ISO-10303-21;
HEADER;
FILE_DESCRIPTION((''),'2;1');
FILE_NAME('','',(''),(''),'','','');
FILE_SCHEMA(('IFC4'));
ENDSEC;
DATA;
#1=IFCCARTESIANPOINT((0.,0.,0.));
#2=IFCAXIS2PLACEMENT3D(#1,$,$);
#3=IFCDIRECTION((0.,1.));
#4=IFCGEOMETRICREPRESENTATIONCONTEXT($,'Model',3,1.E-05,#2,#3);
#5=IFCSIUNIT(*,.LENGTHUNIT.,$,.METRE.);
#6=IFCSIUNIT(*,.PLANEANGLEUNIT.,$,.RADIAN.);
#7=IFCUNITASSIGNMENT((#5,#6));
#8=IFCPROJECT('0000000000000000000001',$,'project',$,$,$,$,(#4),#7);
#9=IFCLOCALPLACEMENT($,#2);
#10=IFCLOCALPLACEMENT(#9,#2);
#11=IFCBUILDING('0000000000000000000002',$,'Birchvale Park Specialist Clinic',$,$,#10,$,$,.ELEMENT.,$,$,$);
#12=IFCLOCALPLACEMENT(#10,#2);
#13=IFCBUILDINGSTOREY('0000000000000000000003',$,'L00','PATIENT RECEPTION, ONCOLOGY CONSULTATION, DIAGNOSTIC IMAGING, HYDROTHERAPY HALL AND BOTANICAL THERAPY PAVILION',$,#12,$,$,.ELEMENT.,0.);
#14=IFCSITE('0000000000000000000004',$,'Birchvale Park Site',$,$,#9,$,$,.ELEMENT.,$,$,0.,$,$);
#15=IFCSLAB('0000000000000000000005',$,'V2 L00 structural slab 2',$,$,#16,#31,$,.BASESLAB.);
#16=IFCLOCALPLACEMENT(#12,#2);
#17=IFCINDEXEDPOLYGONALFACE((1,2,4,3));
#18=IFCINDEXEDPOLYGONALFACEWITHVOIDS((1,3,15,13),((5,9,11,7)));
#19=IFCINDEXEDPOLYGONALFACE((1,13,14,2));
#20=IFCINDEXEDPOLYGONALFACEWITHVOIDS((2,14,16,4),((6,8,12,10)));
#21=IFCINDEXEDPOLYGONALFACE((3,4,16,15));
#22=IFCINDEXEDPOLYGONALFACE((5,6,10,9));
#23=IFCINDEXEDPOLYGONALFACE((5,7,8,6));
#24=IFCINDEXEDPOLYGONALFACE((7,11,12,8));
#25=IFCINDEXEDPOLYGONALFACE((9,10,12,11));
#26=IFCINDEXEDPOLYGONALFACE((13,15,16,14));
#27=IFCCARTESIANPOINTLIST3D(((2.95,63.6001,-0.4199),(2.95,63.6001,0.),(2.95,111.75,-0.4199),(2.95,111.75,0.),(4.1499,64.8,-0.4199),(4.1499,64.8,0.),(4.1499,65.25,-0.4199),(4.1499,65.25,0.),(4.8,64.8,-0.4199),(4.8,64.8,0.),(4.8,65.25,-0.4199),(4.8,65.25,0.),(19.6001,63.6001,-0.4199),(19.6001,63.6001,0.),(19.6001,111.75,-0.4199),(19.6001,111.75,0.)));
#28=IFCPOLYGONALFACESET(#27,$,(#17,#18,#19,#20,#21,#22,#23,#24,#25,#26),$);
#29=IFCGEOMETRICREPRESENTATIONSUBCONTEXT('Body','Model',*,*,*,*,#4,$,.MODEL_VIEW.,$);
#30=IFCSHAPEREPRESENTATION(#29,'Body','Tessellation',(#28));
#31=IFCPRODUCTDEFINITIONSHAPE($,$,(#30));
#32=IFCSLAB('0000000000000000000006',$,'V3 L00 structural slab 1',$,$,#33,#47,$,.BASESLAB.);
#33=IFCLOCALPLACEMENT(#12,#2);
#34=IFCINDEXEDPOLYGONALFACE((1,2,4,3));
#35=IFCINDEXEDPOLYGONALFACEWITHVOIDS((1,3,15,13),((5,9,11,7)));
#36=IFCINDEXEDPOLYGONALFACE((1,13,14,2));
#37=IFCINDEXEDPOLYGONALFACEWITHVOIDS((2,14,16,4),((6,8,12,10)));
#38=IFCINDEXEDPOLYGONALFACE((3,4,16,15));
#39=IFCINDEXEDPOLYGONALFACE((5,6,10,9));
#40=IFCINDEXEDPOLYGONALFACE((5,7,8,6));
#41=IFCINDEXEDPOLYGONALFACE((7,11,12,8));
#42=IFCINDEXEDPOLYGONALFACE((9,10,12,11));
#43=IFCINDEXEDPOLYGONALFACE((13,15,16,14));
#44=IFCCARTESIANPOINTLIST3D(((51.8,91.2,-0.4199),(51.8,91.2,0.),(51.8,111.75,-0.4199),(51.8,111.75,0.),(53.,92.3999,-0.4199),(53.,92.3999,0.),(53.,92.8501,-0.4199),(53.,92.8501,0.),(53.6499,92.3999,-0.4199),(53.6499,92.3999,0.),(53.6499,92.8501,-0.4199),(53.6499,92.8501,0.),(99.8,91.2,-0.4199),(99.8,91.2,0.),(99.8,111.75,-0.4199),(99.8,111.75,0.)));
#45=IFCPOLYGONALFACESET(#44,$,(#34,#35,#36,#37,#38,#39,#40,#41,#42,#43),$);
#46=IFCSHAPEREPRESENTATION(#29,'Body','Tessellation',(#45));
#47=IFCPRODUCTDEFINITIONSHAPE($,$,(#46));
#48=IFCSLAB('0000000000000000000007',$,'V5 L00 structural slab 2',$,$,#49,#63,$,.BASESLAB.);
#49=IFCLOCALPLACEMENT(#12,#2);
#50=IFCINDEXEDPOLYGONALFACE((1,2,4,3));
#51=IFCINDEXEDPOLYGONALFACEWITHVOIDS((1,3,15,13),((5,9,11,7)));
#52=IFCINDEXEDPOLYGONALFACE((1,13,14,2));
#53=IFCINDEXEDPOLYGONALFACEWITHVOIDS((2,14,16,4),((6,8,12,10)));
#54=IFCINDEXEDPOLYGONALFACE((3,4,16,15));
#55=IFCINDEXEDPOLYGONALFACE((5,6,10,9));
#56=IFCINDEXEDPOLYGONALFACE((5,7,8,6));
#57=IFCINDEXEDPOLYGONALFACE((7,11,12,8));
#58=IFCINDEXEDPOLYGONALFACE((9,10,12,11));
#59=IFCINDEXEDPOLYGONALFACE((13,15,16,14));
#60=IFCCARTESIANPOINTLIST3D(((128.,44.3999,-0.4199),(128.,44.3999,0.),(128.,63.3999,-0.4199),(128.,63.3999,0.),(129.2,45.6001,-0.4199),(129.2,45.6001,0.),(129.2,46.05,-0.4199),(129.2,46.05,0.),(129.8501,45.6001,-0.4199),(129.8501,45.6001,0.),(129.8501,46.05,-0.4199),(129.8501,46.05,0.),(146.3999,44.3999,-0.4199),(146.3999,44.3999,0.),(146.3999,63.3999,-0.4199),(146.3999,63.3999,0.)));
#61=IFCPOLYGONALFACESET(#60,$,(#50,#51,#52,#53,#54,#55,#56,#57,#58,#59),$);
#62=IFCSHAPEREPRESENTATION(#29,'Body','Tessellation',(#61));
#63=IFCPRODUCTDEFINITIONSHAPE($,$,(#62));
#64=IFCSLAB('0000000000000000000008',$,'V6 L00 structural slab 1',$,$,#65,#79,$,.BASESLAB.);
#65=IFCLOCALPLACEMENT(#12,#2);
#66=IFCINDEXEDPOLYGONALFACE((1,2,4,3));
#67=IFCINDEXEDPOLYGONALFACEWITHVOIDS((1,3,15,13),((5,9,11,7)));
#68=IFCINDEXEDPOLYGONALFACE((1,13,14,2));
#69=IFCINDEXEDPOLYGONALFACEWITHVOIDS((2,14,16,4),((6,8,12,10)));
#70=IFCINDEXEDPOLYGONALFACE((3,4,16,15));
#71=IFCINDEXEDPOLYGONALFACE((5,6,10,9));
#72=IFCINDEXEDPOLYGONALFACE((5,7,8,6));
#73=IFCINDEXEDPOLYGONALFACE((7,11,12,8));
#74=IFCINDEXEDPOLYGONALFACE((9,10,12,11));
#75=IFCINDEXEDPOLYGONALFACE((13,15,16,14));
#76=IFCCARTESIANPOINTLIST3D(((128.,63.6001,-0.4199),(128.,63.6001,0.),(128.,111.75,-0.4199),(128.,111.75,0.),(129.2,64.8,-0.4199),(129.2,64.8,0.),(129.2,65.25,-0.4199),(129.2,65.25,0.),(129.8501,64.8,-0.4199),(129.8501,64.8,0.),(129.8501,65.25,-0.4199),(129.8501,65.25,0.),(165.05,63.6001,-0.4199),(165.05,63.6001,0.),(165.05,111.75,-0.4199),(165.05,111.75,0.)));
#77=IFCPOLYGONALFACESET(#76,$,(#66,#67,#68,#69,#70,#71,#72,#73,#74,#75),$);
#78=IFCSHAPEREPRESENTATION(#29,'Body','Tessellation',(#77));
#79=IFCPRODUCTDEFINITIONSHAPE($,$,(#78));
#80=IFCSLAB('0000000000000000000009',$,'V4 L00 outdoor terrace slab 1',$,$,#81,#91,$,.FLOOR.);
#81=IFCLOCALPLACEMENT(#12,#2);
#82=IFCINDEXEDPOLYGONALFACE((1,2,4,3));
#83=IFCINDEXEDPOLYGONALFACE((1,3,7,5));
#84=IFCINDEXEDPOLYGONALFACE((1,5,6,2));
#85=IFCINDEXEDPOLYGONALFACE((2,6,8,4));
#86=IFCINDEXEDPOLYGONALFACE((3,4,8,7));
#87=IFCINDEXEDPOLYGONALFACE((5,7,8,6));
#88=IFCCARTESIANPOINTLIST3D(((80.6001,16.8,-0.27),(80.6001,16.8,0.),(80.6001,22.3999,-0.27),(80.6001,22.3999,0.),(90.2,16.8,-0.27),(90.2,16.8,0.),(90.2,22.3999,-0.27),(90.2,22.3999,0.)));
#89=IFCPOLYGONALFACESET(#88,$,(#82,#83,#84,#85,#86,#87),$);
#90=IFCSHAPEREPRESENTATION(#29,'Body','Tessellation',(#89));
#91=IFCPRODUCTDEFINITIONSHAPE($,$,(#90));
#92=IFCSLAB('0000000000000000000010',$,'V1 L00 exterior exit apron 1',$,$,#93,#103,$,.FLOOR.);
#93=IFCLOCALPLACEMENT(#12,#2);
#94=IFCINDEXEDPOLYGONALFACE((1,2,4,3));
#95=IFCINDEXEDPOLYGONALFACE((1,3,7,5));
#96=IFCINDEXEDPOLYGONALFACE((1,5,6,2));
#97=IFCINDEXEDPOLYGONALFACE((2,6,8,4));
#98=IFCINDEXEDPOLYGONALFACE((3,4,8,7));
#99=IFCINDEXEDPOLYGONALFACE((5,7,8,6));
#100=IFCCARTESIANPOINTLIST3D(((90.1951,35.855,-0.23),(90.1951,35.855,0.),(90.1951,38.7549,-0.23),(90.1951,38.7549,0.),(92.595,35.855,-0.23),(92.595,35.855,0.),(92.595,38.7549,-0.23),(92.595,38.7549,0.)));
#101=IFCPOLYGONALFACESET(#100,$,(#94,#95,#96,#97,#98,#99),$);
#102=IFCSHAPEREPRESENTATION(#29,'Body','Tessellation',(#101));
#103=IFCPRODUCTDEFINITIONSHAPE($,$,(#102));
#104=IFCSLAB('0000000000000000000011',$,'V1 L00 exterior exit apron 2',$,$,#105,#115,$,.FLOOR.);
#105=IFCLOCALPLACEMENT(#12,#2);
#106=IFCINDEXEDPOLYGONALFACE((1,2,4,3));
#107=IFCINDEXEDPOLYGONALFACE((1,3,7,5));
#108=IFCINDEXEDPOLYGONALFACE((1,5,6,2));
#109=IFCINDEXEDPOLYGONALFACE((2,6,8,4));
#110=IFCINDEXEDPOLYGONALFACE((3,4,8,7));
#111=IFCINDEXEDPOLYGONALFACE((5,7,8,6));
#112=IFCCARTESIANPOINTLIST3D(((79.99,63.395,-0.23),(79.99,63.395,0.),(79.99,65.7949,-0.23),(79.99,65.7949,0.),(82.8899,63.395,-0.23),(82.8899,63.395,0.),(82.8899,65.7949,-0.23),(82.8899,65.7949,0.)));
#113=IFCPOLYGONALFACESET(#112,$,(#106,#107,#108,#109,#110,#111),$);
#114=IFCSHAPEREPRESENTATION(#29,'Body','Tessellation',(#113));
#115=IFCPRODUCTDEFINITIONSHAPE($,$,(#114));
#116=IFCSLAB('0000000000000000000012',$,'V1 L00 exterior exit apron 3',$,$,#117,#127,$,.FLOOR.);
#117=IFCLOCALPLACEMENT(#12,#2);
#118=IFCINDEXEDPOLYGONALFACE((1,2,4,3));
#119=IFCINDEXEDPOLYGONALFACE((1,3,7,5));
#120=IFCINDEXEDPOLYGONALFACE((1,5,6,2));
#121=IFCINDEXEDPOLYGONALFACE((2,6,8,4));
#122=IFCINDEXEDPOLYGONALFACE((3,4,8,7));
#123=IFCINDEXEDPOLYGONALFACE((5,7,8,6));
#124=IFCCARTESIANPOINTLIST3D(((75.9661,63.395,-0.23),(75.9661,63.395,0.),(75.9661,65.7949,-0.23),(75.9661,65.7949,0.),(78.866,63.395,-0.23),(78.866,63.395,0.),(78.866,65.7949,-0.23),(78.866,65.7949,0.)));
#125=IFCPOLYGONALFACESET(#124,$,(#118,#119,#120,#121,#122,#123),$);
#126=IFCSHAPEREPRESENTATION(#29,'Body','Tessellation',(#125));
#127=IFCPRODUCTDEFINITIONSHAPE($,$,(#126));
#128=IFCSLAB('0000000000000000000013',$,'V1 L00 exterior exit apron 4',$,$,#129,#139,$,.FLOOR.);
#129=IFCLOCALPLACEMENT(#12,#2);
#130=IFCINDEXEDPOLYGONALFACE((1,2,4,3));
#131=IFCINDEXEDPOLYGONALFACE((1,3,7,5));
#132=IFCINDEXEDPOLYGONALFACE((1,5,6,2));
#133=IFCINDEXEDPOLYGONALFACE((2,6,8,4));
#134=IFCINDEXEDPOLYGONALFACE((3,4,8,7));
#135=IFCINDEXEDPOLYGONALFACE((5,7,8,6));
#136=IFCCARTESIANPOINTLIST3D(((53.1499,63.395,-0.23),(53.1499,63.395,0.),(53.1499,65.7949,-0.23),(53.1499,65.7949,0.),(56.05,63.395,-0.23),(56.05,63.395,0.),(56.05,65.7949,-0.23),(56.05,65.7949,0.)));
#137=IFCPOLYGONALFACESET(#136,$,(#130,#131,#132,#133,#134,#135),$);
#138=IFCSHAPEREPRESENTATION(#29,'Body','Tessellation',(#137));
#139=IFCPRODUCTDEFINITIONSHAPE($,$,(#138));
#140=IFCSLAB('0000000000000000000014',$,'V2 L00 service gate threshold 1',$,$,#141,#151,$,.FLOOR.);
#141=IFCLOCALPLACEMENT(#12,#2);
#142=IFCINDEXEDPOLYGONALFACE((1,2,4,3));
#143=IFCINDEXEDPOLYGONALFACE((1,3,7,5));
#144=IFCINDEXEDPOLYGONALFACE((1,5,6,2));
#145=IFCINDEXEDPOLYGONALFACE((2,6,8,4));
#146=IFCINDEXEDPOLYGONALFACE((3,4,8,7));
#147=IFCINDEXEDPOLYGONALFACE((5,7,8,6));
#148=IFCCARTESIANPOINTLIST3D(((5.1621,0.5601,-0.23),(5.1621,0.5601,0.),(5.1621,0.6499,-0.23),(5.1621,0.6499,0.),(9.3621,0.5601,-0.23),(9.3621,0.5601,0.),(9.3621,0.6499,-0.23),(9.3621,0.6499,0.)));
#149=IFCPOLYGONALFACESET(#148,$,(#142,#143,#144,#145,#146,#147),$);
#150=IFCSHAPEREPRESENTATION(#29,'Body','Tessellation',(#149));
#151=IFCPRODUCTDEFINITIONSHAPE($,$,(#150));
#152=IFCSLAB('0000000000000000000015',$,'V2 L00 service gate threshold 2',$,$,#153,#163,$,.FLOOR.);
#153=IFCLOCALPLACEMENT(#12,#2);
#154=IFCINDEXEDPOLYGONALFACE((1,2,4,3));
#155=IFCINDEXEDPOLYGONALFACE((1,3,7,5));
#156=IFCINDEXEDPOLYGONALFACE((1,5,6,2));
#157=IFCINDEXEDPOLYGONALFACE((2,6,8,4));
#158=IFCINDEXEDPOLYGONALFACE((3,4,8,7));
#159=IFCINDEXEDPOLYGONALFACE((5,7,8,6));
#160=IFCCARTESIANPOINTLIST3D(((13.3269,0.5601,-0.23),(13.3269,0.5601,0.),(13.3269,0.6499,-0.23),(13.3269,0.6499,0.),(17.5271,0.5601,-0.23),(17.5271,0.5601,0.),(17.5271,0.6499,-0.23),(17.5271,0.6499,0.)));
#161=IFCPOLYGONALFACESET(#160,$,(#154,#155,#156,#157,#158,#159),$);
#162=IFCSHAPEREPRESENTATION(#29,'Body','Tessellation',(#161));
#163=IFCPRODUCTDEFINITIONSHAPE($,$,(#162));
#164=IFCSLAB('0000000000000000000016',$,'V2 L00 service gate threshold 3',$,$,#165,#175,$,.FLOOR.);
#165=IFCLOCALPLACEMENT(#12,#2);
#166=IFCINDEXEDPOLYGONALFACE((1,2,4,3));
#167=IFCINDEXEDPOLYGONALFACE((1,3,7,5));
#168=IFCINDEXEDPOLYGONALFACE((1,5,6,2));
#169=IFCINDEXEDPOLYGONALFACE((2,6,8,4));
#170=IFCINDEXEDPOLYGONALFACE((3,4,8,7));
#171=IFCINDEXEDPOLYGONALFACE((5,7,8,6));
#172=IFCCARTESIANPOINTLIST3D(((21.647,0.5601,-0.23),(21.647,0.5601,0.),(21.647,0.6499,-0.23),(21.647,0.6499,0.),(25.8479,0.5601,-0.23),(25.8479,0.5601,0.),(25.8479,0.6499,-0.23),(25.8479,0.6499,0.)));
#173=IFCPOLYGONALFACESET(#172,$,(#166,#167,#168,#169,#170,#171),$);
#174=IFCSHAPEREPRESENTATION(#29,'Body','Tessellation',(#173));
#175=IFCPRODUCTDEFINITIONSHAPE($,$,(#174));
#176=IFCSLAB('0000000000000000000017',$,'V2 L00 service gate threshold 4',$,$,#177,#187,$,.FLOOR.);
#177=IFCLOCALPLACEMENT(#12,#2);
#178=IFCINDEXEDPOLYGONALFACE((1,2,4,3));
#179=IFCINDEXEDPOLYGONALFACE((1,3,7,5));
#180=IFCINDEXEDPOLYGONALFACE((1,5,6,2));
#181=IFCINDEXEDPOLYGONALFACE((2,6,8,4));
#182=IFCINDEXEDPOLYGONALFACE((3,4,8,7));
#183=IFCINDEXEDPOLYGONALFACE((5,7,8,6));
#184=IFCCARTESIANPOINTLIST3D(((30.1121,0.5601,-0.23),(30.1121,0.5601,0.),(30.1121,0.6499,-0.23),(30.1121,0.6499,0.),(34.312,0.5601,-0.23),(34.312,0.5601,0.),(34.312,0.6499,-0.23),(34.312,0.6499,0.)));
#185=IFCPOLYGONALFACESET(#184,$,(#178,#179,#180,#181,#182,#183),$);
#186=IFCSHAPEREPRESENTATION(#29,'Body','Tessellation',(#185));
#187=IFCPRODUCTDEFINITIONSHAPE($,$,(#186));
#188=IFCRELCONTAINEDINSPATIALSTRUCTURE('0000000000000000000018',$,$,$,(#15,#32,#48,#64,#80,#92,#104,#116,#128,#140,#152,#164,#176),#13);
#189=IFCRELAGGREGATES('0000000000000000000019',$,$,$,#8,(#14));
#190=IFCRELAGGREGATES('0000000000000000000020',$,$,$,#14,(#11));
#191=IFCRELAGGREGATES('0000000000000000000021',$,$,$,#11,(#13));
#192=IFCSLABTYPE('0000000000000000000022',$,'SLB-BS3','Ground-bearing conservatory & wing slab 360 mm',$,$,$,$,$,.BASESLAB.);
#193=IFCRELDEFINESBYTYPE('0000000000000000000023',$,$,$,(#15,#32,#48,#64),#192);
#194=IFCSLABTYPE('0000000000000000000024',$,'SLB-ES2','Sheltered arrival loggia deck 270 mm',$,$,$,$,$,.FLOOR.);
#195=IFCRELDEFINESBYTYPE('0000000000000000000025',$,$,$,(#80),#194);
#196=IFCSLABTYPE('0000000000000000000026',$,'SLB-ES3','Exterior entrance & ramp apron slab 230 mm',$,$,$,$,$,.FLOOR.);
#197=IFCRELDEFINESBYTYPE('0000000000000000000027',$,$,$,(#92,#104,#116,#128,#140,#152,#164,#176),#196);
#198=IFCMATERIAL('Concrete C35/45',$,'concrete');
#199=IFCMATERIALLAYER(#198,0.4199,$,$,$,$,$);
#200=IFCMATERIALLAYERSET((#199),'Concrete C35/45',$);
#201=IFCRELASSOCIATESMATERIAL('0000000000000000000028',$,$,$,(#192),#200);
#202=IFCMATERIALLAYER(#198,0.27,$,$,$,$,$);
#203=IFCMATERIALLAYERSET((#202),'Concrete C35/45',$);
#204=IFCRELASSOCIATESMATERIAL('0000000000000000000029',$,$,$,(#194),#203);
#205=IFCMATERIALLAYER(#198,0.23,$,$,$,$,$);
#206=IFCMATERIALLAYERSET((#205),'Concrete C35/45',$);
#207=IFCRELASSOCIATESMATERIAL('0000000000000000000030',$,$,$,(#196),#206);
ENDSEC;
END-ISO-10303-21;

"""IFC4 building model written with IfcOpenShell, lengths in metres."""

from ifc_helpers import new_model, si_unit, direction, frame, origin, place, context, subcontext, project, spatial, polyline, outline, extrude, material, layer, layer_set, type_object, element, save


model = new_model("IFC4")

# Units and contexts
model_context = context("Model", 3, precision=1e-05, world=origin(), true_north=direction((0.0, 1.0)))
body_context = subcontext(model_context, "Body", "Model", "MODEL_VIEW")
ifc_project = project(units=[si_unit("LENGTHUNIT", "METRE"), si_unit("PLANEANGLEUNIT", "RADIAN")], contexts=[model_context])

# Site, building, storey
site_placement = place(None, origin())
site = spatial("IfcSite", under=ifc_project, at=site_placement, Name="Birchvale Park Site", CompositionType="ELEMENT", RefElevation=0.0)
building_placement = place(site_placement, origin())
building = spatial("IfcBuilding", under=site, at=building_placement, Name="Birchvale Park Specialist Clinic", CompositionType="ELEMENT")
storey_placement = place(building_placement, origin())
storey = spatial("IfcBuildingStorey", under=building, at=storey_placement, Name="L00", Description="PATIENT RECEPTION, ONCOLOGY CONSULTATION, DIAGNOSTIC IMAGING, HYDROTHERAPY HALL AND BOTANICAL THERAPY PAVILION", CompositionType="ELEMENT", Elevation=0.0)

# Slabs
ifc_material = material(Name="Concrete C35/45", Category="concrete")
ifc_layer_1 = layer(ifc_material, 0.4199)
ifc_layer_set_1 = layer_set([ifc_layer_1], Name="Concrete C35/45")
slab_type_1 = type_object("IfcSlabType", Name="SLB-BS3", Description="Ground-bearing conservatory & wing slab 360 mm", PredefinedType="BASESLAB", material=ifc_layer_set_1)
slab_1_placement = place(storey_placement, frame((0.0, 0.0, -0.4199)))
element("IfcSlab", 1, at=slab_1_placement, inside=storey, type_object=slab_type_1, Name="V2 L00 structural slab 2", PredefinedType="BASESLAB", context=body_context, shape_type="SweptSolid", body=[
    extrude(outline(polyline([(2.95, 63.6001), (19.6001, 63.6001), (19.6001, 111.75), (2.95, 111.75), (2.95, 63.6001)]), holes=[polyline([(4.1499, 64.8), (4.8, 64.8), (4.8, 65.25), (4.1499, 65.25), (4.1499, 64.8)])]), origin(), (0.0, 0.0, 1.0), 0.4199),
])
slab_2_placement = place(storey_placement, frame((0.0, 0.0, -0.4199)))
element("IfcSlab", 2, at=slab_2_placement, inside=storey, type_object=slab_type_1, Name="V3 L00 structural slab 1", PredefinedType="BASESLAB", context=body_context, shape_type="SweptSolid", body=[
    extrude(outline(polyline([(51.8, 91.2), (99.8, 91.2), (99.8, 111.75), (51.8, 111.75), (51.8, 91.2)]), holes=[polyline([(53.0, 92.3999), (53.6499, 92.3999), (53.6499, 92.8501), (53.0, 92.8501), (53.0, 92.3999)])]), origin(), (0.0, 0.0, 1.0), 0.4199),
])
slab_3_placement = place(storey_placement, frame((0.0, 0.0, -0.4199)))
element("IfcSlab", 3, at=slab_3_placement, inside=storey, type_object=slab_type_1, Name="V5 L00 structural slab 2", PredefinedType="BASESLAB", context=body_context, shape_type="SweptSolid", body=[
    extrude(outline(polyline([(128.0, 44.3999), (146.3999, 44.3999), (146.3999, 63.3999), (128.0, 63.3999), (128.0, 44.3999)]), holes=[polyline([(129.2, 45.6001), (129.8501, 45.6001), (129.8501, 46.05), (129.2, 46.05), (129.2, 45.6001)])]), origin(), (0.0, 0.0, 1.0), 0.4199),
])
slab_4_placement = place(storey_placement, frame((0.0, 0.0, -0.4199)))
element("IfcSlab", 4, at=slab_4_placement, inside=storey, type_object=slab_type_1, Name="V6 L00 structural slab 1", PredefinedType="BASESLAB", context=body_context, shape_type="SweptSolid", body=[
    extrude(outline(polyline([(128.0, 63.6001), (165.05, 63.6001), (165.05, 111.75), (128.0, 111.75), (128.0, 63.6001)]), holes=[polyline([(129.2, 64.8), (129.8501, 64.8), (129.8501, 65.25), (129.2, 65.25), (129.2, 64.8)])]), origin(), (0.0, 0.0, 1.0), 0.4199),
])
ifc_layer_2 = layer(ifc_material, 0.27)
ifc_layer_set_2 = layer_set([ifc_layer_2], Name="Concrete C35/45")
slab_type_2 = type_object("IfcSlabType", Name="SLB-ES2", Description="Sheltered arrival loggia deck 270 mm", PredefinedType="FLOOR", material=ifc_layer_set_2)
slab_5_placement = place(storey_placement, frame((0.0, 0.0, -0.27)))
element("IfcSlab", 5, at=slab_5_placement, inside=storey, type_object=slab_type_2, Name="V4 L00 outdoor terrace slab 1", PredefinedType="FLOOR", context=body_context, shape_type="SweptSolid", body=[
    extrude(outline(polyline([(80.6001, 16.8), (90.2, 16.8), (90.2, 22.3999), (80.6001, 22.3999), (80.6001, 16.8)])), origin(), (0.0, 0.0, 1.0), 0.27),
])
ifc_layer_3 = layer(ifc_material, 0.23)
ifc_layer_set_3 = layer_set([ifc_layer_3], Name="Concrete C35/45")
slab_type_3 = type_object("IfcSlabType", Name="SLB-ES3", Description="Exterior entrance & ramp apron slab 230 mm", PredefinedType="FLOOR", material=ifc_layer_set_3)
slab_6_placement = place(storey_placement, frame((0.0, 0.0, -0.23)))
element("IfcSlab", 6, at=slab_6_placement, inside=storey, type_object=slab_type_3, Name="V1 L00 exterior exit apron 1", PredefinedType="FLOOR", context=body_context, shape_type="SweptSolid", body=[
    extrude(outline(polyline([(90.1951, 35.855), (92.595, 35.855), (92.595, 38.7549), (90.1951, 38.7549), (90.1951, 35.855)])), origin(), (0.0, 0.0, 1.0), 0.23),
])
slab_7_placement = place(storey_placement, frame((0.0, 0.0, -0.23)))
element("IfcSlab", 7, at=slab_7_placement, inside=storey, type_object=slab_type_3, Name="V1 L00 exterior exit apron 2", PredefinedType="FLOOR", context=body_context, shape_type="SweptSolid", body=[
    extrude(outline(polyline([(79.99, 63.395), (82.8899, 63.395), (82.8899, 65.7949), (79.99, 65.7949), (79.99, 63.395)])), origin(), (0.0, 0.0, 1.0), 0.23),
])
slab_8_placement = place(storey_placement, frame((0.0, 0.0, -0.23)))
element("IfcSlab", 8, at=slab_8_placement, inside=storey, type_object=slab_type_3, Name="V1 L00 exterior exit apron 3", PredefinedType="FLOOR", context=body_context, shape_type="SweptSolid", body=[
    extrude(outline(polyline([(75.9661, 63.395), (78.866, 63.395), (78.866, 65.7949), (75.9661, 65.7949), (75.9661, 63.395)])), origin(), (0.0, 0.0, 1.0), 0.23),
])
slab_9_placement = place(storey_placement, frame((0.0, 0.0, -0.23)))
element("IfcSlab", 9, at=slab_9_placement, inside=storey, type_object=slab_type_3, Name="V1 L00 exterior exit apron 4", PredefinedType="FLOOR", context=body_context, shape_type="SweptSolid", body=[
    extrude(outline(polyline([(53.1499, 63.395), (56.05, 63.395), (56.05, 65.7949), (53.1499, 65.7949), (53.1499, 63.395)])), origin(), (0.0, 0.0, 1.0), 0.23),
])
slab_10_placement = place(storey_placement, frame((0.0, 0.0, -0.23)))
element("IfcSlab", 10, at=slab_10_placement, inside=storey, type_object=slab_type_3, Name="V2 L00 service gate threshold 1", PredefinedType="FLOOR", context=body_context, shape_type="SweptSolid", body=[
    extrude(outline(polyline([(5.1621, 0.5601), (9.3621, 0.5601), (9.3621, 0.6499), (5.1621, 0.6499), (5.1621, 0.5601)])), origin(), (0.0, 0.0, 1.0), 0.23),
])
slab_11_placement = place(storey_placement, frame((0.0, 0.0, -0.23)))
element("IfcSlab", 11, at=slab_11_placement, inside=storey, type_object=slab_type_3, Name="V2 L00 service gate threshold 2", PredefinedType="FLOOR", context=body_context, shape_type="SweptSolid", body=[
    extrude(outline(polyline([(13.3269, 0.5601), (17.5271, 0.5601), (17.5271, 0.6499), (13.3269, 0.6499), (13.3269, 0.5601)])), origin(), (0.0, 0.0, 1.0), 0.23),
])
slab_12_placement = place(storey_placement, frame((0.0, 0.0, -0.23)))
element("IfcSlab", 12, at=slab_12_placement, inside=storey, type_object=slab_type_3, Name="V2 L00 service gate threshold 3", PredefinedType="FLOOR", context=body_context, shape_type="SweptSolid", body=[
    extrude(outline(polyline([(21.647, 0.5601), (25.8479, 0.5601), (25.8479, 0.6499), (21.647, 0.6499), (21.647, 0.5601)])), origin(), (0.0, 0.0, 1.0), 0.23),
])
slab_13_placement = place(storey_placement, frame((0.0, 0.0, -0.23)))
element("IfcSlab", 13, at=slab_13_placement, inside=storey, type_object=slab_type_3, Name="V2 L00 service gate threshold 4", PredefinedType="FLOOR", context=body_context, shape_type="SweptSolid", body=[
    extrude(outline(polyline([(30.1121, 0.5601), (34.312, 0.5601), (34.312, 0.6499), (30.1121, 0.6499), (30.1121, 0.5601)])), origin(), (0.0, 0.0, 1.0), 0.23),
])

save(model, "model.ifc")
